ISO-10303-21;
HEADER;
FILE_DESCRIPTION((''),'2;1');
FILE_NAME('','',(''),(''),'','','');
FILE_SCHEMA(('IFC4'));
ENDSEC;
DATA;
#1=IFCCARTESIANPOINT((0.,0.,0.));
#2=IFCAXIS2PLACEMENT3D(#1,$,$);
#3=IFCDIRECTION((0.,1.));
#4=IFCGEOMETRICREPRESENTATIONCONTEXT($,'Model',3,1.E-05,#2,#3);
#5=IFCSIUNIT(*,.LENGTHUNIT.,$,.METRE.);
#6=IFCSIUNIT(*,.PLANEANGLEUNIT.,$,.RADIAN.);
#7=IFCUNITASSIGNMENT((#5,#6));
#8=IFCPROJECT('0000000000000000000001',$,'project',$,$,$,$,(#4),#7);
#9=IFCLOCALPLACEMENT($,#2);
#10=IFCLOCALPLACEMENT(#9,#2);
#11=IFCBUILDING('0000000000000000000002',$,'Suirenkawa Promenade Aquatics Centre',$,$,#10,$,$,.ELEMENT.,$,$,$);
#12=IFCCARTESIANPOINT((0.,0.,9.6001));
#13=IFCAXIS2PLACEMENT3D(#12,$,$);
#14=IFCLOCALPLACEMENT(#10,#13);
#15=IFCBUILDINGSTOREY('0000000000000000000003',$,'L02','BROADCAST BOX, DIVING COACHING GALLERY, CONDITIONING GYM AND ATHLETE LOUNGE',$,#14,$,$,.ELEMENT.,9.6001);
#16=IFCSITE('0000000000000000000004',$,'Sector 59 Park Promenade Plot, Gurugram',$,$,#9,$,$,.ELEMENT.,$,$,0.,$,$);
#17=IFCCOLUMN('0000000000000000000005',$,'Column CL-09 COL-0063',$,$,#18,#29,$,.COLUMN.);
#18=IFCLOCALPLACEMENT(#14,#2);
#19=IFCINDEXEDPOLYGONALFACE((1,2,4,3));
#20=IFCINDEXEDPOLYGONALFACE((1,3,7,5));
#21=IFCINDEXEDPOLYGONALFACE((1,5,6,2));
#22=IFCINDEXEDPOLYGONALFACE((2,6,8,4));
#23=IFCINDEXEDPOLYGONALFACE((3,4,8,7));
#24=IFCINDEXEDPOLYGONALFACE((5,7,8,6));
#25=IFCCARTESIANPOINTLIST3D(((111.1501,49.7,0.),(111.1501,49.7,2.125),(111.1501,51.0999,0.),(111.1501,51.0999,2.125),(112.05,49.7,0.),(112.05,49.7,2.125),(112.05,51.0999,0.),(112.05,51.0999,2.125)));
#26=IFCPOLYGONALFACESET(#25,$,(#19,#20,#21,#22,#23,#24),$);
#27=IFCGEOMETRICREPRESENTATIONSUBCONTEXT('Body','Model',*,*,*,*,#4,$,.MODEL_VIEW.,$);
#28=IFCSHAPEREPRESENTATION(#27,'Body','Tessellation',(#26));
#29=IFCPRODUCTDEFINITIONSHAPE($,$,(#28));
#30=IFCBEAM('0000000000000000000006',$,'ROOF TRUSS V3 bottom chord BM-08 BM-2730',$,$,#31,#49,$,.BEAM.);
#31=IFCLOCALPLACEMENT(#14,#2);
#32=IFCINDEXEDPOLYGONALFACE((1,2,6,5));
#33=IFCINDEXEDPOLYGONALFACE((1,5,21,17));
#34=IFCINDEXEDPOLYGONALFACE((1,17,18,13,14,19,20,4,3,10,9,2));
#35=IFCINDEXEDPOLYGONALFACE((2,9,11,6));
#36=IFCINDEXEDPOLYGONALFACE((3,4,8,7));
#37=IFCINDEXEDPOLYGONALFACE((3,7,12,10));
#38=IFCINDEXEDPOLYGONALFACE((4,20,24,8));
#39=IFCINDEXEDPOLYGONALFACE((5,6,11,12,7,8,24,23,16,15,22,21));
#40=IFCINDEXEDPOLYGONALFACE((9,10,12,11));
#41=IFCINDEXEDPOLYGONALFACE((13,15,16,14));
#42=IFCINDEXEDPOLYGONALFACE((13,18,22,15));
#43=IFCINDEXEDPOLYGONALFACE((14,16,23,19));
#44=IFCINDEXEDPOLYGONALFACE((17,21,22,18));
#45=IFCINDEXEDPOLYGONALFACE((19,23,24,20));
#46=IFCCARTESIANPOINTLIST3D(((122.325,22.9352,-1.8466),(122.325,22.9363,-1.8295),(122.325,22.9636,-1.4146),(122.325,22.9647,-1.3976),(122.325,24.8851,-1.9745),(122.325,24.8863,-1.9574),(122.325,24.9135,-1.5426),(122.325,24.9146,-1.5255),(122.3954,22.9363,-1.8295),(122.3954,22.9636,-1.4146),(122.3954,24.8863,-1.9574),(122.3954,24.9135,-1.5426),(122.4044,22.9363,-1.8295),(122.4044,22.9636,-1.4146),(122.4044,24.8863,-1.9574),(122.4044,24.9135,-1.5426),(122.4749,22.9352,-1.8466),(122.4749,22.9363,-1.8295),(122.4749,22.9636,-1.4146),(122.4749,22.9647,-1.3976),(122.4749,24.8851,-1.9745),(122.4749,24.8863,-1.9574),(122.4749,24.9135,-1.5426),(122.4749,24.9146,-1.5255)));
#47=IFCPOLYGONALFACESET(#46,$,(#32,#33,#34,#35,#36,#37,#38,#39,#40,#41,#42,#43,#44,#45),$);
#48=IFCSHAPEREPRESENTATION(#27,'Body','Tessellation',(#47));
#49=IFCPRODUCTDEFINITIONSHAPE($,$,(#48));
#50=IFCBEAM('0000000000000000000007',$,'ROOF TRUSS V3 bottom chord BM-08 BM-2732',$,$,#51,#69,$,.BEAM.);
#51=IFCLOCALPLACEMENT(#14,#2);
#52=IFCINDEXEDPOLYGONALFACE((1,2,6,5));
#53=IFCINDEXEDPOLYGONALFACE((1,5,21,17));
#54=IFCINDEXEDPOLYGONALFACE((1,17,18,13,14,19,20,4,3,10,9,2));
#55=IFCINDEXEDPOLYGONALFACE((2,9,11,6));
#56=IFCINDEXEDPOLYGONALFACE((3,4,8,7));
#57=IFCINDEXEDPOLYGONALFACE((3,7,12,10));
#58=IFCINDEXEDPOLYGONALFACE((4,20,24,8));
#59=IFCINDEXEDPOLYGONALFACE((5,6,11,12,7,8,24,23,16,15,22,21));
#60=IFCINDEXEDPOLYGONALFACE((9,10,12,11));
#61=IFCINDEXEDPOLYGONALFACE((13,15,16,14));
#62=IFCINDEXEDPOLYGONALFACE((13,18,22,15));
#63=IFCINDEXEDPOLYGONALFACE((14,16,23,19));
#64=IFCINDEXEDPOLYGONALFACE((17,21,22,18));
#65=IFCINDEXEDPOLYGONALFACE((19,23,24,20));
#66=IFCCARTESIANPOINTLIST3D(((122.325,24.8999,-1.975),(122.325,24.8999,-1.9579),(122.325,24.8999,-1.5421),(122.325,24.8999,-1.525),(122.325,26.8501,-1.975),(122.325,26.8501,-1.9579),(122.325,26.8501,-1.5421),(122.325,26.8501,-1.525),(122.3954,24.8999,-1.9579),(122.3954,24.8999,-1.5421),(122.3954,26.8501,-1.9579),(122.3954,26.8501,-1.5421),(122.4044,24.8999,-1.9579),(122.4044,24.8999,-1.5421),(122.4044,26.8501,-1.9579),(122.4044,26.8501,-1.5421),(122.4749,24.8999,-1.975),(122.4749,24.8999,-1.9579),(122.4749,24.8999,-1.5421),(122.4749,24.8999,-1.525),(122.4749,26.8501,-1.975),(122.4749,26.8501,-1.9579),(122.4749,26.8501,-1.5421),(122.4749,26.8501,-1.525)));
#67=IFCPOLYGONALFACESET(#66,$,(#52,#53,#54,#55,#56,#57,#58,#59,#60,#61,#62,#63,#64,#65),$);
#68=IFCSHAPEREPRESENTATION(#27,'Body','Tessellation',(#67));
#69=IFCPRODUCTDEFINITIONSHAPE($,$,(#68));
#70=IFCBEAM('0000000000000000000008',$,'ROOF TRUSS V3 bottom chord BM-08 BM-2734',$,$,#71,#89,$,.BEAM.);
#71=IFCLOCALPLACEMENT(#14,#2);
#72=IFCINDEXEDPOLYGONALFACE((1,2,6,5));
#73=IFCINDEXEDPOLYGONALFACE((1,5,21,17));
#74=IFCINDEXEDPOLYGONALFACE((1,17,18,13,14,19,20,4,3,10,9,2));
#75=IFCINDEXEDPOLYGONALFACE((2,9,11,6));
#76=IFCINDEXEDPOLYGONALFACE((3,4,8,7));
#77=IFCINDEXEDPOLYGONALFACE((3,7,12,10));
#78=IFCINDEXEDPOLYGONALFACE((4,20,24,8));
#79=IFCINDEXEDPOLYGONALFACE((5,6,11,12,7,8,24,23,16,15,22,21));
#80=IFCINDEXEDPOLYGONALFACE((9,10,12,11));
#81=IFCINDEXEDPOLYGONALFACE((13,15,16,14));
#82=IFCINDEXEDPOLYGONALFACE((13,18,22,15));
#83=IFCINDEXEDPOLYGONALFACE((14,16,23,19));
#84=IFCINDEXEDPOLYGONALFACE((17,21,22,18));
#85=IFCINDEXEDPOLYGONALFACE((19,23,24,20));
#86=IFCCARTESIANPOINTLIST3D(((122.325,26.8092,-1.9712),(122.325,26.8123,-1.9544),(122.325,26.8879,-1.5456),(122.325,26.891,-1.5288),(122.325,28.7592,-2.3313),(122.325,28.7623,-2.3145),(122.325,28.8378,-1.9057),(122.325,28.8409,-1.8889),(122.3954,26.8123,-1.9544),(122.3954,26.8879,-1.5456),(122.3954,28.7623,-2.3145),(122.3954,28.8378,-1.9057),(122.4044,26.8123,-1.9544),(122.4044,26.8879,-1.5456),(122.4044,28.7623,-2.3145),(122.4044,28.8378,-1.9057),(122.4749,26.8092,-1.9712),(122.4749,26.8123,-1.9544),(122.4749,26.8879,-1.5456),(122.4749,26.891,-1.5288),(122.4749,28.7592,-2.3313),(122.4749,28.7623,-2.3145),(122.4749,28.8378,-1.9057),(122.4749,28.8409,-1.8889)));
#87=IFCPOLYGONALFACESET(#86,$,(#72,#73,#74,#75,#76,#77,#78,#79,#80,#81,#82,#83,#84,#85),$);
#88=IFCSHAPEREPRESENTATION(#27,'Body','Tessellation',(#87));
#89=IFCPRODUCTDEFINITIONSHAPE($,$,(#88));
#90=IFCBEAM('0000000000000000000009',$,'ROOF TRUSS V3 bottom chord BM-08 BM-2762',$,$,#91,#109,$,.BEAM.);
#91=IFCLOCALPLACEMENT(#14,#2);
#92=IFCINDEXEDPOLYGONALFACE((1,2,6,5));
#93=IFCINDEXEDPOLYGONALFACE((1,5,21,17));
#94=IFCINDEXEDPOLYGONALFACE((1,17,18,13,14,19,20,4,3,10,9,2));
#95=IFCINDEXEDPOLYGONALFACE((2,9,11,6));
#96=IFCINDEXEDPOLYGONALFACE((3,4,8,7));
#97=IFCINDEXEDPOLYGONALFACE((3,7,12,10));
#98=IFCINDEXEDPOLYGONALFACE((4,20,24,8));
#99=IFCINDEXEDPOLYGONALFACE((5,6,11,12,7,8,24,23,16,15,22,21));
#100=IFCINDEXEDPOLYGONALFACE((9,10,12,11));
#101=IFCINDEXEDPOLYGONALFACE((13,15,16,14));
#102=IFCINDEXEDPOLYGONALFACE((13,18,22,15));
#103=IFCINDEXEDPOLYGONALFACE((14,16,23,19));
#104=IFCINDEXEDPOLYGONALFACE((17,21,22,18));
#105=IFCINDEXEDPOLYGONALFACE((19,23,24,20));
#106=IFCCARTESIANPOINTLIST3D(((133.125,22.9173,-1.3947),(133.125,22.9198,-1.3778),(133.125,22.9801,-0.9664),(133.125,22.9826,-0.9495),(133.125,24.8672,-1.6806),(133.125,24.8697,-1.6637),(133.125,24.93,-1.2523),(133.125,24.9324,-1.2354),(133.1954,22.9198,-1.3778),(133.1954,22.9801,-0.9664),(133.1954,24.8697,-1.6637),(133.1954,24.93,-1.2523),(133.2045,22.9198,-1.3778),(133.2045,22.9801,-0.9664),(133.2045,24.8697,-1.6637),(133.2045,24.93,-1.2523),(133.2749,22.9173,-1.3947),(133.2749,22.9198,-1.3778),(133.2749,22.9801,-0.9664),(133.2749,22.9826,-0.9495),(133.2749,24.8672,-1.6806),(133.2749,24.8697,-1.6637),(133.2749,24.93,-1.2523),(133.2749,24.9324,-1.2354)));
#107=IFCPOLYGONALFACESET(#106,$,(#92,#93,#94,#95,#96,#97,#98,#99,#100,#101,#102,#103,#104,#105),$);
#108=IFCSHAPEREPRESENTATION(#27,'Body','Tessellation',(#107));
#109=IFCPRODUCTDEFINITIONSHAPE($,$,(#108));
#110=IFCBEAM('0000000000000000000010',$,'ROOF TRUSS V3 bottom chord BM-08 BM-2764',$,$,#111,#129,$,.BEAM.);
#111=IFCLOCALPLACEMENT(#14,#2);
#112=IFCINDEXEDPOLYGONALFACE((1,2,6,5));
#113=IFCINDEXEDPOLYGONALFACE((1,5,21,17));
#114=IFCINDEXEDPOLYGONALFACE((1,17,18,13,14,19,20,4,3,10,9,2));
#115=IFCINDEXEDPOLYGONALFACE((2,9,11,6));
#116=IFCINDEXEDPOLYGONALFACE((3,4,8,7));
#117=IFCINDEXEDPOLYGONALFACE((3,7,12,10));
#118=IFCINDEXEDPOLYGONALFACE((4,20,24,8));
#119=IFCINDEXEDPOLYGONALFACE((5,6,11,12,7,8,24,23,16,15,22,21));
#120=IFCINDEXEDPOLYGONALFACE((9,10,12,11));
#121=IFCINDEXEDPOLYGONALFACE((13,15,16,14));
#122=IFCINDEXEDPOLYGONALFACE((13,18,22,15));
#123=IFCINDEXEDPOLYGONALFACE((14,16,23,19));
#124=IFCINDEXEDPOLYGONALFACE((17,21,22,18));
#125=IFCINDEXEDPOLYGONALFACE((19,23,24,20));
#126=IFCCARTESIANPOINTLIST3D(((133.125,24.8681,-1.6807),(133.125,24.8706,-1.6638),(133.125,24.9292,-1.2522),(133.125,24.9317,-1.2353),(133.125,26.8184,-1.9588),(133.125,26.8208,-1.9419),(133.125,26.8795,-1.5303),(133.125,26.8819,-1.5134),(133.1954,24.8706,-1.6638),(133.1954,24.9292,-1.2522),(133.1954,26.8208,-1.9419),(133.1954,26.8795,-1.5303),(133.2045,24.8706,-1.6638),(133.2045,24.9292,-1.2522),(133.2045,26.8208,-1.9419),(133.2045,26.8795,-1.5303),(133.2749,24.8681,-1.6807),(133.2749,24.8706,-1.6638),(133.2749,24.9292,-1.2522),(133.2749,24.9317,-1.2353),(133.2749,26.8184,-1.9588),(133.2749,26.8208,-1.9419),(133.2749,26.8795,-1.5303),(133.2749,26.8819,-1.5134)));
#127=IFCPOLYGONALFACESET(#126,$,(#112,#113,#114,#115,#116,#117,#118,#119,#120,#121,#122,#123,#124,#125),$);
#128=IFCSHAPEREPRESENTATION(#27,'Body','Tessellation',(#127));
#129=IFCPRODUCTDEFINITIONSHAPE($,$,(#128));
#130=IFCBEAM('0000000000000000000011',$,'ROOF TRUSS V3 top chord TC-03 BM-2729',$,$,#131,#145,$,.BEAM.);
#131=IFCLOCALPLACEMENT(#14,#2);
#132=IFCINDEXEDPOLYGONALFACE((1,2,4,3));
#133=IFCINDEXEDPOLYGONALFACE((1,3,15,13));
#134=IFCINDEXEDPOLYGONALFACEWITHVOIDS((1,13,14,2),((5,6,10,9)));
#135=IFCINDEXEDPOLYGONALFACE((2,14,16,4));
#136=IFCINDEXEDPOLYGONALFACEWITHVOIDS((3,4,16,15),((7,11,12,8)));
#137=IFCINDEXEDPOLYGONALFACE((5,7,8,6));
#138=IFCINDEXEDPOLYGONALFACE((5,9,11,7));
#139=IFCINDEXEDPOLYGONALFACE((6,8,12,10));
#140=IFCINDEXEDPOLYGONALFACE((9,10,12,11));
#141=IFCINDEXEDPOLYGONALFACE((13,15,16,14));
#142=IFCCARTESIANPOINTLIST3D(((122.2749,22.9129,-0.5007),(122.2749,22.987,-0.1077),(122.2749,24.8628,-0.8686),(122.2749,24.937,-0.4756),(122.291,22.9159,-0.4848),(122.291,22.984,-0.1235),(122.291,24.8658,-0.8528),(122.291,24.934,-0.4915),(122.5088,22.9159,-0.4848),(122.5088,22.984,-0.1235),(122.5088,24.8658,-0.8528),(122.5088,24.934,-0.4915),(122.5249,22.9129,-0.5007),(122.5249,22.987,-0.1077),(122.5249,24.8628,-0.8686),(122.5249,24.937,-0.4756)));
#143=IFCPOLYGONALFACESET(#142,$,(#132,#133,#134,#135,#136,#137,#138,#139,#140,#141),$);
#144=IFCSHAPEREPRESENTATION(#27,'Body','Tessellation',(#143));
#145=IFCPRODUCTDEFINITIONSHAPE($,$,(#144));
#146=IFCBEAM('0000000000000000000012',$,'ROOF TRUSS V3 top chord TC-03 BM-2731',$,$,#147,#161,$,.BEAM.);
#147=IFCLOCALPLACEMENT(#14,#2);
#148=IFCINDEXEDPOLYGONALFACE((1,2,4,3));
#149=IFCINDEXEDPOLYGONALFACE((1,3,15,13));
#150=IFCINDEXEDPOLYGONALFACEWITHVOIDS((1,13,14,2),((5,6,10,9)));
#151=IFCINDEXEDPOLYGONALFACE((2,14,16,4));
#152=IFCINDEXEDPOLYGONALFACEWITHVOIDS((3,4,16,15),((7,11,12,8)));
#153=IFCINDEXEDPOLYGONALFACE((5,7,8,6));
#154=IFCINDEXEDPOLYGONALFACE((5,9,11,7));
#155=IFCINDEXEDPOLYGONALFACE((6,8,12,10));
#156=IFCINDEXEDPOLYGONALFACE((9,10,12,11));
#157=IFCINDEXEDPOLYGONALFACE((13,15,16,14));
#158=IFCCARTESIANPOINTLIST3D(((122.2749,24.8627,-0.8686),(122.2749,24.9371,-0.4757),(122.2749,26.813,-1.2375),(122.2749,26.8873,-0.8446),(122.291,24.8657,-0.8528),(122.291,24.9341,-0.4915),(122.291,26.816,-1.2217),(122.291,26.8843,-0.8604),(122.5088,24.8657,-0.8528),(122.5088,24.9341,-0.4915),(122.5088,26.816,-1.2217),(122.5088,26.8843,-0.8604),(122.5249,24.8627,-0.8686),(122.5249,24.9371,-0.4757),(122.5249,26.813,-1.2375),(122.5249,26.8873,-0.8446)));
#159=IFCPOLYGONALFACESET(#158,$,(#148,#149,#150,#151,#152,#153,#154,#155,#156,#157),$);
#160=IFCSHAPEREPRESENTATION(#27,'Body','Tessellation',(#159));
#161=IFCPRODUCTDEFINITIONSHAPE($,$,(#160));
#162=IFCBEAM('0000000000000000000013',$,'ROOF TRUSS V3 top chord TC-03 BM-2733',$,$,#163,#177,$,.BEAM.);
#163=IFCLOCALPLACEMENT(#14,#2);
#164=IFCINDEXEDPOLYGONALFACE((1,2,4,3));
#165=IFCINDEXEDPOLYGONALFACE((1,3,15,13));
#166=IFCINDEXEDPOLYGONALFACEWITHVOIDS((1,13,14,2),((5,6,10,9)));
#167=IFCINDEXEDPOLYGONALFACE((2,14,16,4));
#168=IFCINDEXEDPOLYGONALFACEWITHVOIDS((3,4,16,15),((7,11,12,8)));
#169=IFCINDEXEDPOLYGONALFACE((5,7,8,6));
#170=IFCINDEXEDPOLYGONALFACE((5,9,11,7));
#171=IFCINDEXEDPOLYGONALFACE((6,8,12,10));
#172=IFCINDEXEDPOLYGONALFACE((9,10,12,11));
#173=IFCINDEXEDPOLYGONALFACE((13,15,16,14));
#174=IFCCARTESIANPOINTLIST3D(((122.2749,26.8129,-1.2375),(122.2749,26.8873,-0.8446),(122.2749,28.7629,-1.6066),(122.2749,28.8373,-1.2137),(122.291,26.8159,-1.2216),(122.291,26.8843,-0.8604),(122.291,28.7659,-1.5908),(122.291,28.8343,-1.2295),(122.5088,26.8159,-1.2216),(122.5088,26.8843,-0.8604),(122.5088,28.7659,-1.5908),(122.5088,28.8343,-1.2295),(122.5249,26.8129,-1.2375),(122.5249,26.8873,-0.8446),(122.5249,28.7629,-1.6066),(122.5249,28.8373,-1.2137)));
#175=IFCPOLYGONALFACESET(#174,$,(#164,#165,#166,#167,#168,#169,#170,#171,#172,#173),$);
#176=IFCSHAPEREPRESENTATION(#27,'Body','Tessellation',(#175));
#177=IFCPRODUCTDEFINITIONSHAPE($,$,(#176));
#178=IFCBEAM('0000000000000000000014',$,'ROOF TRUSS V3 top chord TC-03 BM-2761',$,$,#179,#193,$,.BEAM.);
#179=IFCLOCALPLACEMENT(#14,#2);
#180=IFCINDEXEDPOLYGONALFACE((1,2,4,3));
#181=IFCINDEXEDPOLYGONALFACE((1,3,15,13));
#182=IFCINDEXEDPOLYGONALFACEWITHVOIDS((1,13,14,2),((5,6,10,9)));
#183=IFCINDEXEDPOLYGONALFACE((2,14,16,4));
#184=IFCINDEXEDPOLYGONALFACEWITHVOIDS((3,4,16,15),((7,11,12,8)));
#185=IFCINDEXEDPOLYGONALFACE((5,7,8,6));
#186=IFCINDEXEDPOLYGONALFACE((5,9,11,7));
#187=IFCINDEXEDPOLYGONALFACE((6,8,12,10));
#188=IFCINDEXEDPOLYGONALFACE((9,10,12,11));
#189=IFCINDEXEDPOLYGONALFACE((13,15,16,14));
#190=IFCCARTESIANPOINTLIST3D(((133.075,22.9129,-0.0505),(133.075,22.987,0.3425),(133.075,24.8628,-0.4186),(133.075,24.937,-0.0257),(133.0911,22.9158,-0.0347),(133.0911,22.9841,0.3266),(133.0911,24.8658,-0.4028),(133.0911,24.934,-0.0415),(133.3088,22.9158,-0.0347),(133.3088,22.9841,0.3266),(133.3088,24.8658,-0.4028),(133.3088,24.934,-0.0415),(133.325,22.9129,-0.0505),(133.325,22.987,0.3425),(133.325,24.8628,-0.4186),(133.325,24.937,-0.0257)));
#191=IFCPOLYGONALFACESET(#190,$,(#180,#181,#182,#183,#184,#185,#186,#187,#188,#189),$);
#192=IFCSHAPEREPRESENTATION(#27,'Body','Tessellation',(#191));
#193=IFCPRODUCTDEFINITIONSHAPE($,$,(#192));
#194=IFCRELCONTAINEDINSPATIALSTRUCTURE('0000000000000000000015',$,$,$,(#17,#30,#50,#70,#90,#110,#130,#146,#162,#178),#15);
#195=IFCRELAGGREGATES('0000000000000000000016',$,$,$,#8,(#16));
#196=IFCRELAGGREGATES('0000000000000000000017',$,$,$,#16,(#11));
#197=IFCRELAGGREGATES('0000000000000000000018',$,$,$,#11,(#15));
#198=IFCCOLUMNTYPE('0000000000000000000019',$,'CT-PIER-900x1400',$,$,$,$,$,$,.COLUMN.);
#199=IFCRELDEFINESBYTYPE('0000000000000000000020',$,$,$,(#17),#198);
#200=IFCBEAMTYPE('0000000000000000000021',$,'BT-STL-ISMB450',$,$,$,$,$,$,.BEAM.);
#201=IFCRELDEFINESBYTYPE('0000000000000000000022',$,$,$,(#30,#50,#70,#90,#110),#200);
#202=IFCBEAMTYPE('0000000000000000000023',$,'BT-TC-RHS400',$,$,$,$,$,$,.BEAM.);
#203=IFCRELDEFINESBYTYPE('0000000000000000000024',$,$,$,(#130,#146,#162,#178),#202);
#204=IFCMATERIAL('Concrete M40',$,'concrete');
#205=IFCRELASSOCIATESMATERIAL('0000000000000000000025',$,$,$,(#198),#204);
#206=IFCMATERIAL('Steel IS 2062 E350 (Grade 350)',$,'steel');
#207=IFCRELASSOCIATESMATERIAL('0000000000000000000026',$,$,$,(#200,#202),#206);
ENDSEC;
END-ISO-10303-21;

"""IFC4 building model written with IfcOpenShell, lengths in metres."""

from ifc_helpers import new_model, si_unit, direction, frame, origin, origin_2d, place, context, subcontext, project, spatial, rectangle, hollow_rectangle, i_section, extrude, material, material_profile, profile_set, type_object, element, save


model = new_model("IFC4")

# Units and contexts
model_context = context("Model", 3, precision=1e-05, world=origin(), true_north=direction((0.0, 1.0)))
body_context = subcontext(model_context, "Body", "Model", "MODEL_VIEW")
ifc_project = project(units=[si_unit("LENGTHUNIT", "METRE"), si_unit("PLANEANGLEUNIT", "RADIAN")], contexts=[model_context])

# Site, building, storey
site_placement = place(None, origin())
site = spatial("IfcSite", under=ifc_project, at=site_placement, Name="Sector 59 Park Promenade Plot, Gurugram", CompositionType="ELEMENT", RefElevation=0.0)
building_placement = place(site_placement, origin())
building = spatial("IfcBuilding", under=site, at=building_placement, Name="Suirenkawa Promenade Aquatics Centre", CompositionType="ELEMENT")
storey_placement = place(building_placement, frame((0.0, 0.0, 9.6001)))
storey = spatial("IfcBuildingStorey", under=building, at=storey_placement, Name="L02", Description="BROADCAST BOX, DIVING COACHING GALLERY, CONDITIONING GYM AND ATHLETE LOUNGE", CompositionType="ELEMENT", Elevation=9.6001)

# Column
ifc_material_1 = material(Name="Concrete M40", Category="concrete")
ifc_material_profile_1 = material_profile(ifc_material_1, rectangle(XDim=0.8999, YDim=1.3999, at=origin_2d()), Name="RC PIER 900x1400", Category="concrete")
ifc_profile_set_1 = profile_set([ifc_material_profile_1], Name="Concrete M40")
column_type = type_object("IfcColumnType", Name="CT-PIER-900x1400", PredefinedType="COLUMN", material=ifc_profile_set_1)
column_placement = place(storey_placement, frame((111.6001, 50.3999, 0.0), z_axis=(0.0, 0.0, 1.0), x_axis=(1.0, 0.0, 0.0)))
element("IfcColumn", 1, at=column_placement, inside=storey, type_object=column_type, Name="Column CL-09 COL-0063", PredefinedType="COLUMN", context=body_context, shape_type="SweptSolid", body=[
    extrude(rectangle(XDim=0.8999, YDim=1.3999, at=origin_2d()), origin(), (0.0, 0.0, 1.0), 2.125),
])

# Beams
ifc_material_2 = material(Name="Steel IS 2062 E350 (Grade 350)", Category="steel")
ifc_material_profile_2 = material_profile(ifc_material_2, i_section(OverallWidth=0.1499, OverallDepth=0.45, WebThickness=0.009, FlangeThickness=0.0171, at=origin_2d()), Name="ISMB 450", Category="steel")
ifc_profile_set_2 = profile_set([ifc_material_profile_2], Name="Steel IS 2062 E350 (Grade 350)")
beam_type_1 = type_object("IfcBeamType", Name="BT-STL-ISMB450", PredefinedType="BEAM", material=ifc_profile_set_2)
beam_1_placement = place(storey_placement, frame((122.3999, 22.95, -1.6221), z_axis=(0.0, 0.997855, -0.065466), x_axis=(-1.0, 0.0, 0.0)))
element("IfcBeam", 2, at=beam_1_placement, inside=storey, type_object=beam_type_1, Name="ROOF TRUSS V3 bottom chord BM-08 BM-2730", PredefinedType="BEAM", context=body_context, shape_type="SweptSolid", body=[
    extrude(i_section(OverallWidth=0.1499, OverallDepth=0.45, WebThickness=0.009, FlangeThickness=0.0171, at=origin_2d()), origin(), (0.0, 0.0, 1.0), 1.9541),
])
beam_2_placement = place(storey_placement, frame((122.3999, 24.8999, -1.75), z_axis=(0.0, 1.0, 0.0), x_axis=(-1.0, 0.0, 0.0)))
element("IfcBeam", 3, at=beam_2_placement, inside=storey, type_object=beam_type_1, Name="ROOF TRUSS V3 bottom chord BM-08 BM-2732", PredefinedType="BEAM", context=body_context, shape_type="SweptSolid", body=[
    extrude(i_section(OverallWidth=0.1499, OverallDepth=0.45, WebThickness=0.009, FlangeThickness=0.0171, at=origin_2d()), origin(), (0.0, 0.0, 1.0), 1.9502),
])
beam_3_placement = place(storey_placement, frame((122.3999, 26.8501, -1.75), z_axis=(0.0, 0.983372, -0.181604), x_axis=(-1.0, 0.0, 0.0)))
element("IfcBeam", 4, at=beam_3_placement, inside=storey, type_object=beam_type_1, Name="ROOF TRUSS V3 bottom chord BM-08 BM-2734", PredefinedType="BEAM", context=body_context, shape_type="SweptSolid", body=[
    extrude(i_section(OverallWidth=0.1499, OverallDepth=0.45, WebThickness=0.009, FlangeThickness=0.0171, at=origin_2d()), origin(), (0.0, 0.0, 1.0), 1.9829),
])
beam_4_placement = place(storey_placement, frame((133.2, 22.95, -1.1721), z_axis=(0.0, 0.989423, -0.145062), x_axis=(-1.0, 0.0, 0.0)))
element("IfcBeam", 5, at=beam_4_placement, inside=storey, type_object=beam_type_1, Name="ROOF TRUSS V3 bottom chord BM-08 BM-2762", PredefinedType="BEAM", context=body_context, shape_type="SweptSolid", body=[
    extrude(i_section(OverallWidth=0.1499, OverallDepth=0.45, WebThickness=0.009, FlangeThickness=0.0171, at=origin_2d()), origin(), (0.0, 0.0, 1.0), 1.9707),
])
beam_5_placement = place(storey_placement, frame((133.2, 24.8999, -1.458), z_axis=(0.0, 0.989987, -0.141161), x_axis=(-1.0, 0.0, 0.0)))
element("IfcBeam", 6, at=beam_5_placement, inside=storey, type_object=beam_type_1, Name="ROOF TRUSS V3 bottom chord BM-08 BM-2764", PredefinedType="BEAM", context=body_context, shape_type="SweptSolid", body=[
    extrude(i_section(OverallWidth=0.1499, OverallDepth=0.45, WebThickness=0.009, FlangeThickness=0.0171, at=origin_2d()), origin(), (0.0, 0.0, 1.0), 1.97),
])
ifc_material_profile_3 = material_profile(ifc_material_2, hollow_rectangle(XDim=0.25, YDim=0.3999, WallThickness=0.0161, at=origin_2d()), Name="RHS 400x250x16", Category="steel")
ifc_profile_set_3 = profile_set([ifc_material_profile_3], Name="Steel IS 2062 E350 (Grade 350)")
beam_type_2 = type_object("IfcBeamType", Name="BT-TC-RHS400", PredefinedType="BEAM", material=ifc_profile_set_3)
beam_6_placement = place(storey_placement, frame((122.3999, 22.95, -0.3042), z_axis=(0.0, 0.982661, -0.18541), x_axis=(-1.0, 0.0, 0.0)))
element("IfcBeam", 7, at=beam_6_placement, inside=storey, type_object=beam_type_2, Name="ROOF TRUSS V3 top chord TC-03 BM-2729", PredefinedType="BEAM", context=body_context, shape_type="SweptSolid", body=[
    extrude(hollow_rectangle(XDim=0.25, YDim=0.3999, WallThickness=0.0161, at=origin_2d()), origin(), (0.0, 0.0, 1.0), 1.9844),
])
beam_7_placement = place(storey_placement, frame((122.3999, 24.8999, -0.6721), z_axis=(0.0, 0.982576, -0.185863), x_axis=(-1.0, 0.0, 0.0)))
element("IfcBeam", 8, at=beam_7_placement, inside=storey, type_object=beam_type_2, Name="ROOF TRUSS V3 top chord TC-03 BM-2731", PredefinedType="BEAM", context=body_context, shape_type="SweptSolid", body=[
    extrude(hollow_rectangle(XDim=0.25, YDim=0.3999, WallThickness=0.0161, at=origin_2d()), origin(), (0.0, 0.0, 1.0), 1.9849),
])
beam_8_placement = place(storey_placement, frame((122.3999, 26.8501, -1.041), z_axis=(0.0, 0.982549, -0.186004), x_axis=(-1.0, 0.0, 0.0)))
element("IfcBeam", 9, at=beam_8_placement, inside=storey, type_object=beam_type_2, Name="ROOF TRUSS V3 top chord TC-03 BM-2733", PredefinedType="BEAM", context=body_context, shape_type="SweptSolid", body=[
    extrude(hollow_rectangle(XDim=0.25, YDim=0.3999, WallThickness=0.0161, at=origin_2d()), origin(), (0.0, 0.0, 1.0), 1.9846),
])
beam_9_placement = place(storey_placement, frame((133.2, 22.95, 0.146), z_axis=(0.0, 0.982639, -0.185529), x_axis=(-1.0, 0.0, 0.0)))
element("IfcBeam", 10, at=beam_9_placement, inside=storey, type_object=beam_type_2, Name="ROOF TRUSS V3 top chord TC-03 BM-2761", PredefinedType="BEAM", context=body_context, shape_type="SweptSolid", body=[
    extrude(hollow_rectangle(XDim=0.25, YDim=0.3999, WallThickness=0.0161, at=origin_2d()), origin(), (0.0, 0.0, 1.0), 1.9844),
])

save(model, "model.ifc")
